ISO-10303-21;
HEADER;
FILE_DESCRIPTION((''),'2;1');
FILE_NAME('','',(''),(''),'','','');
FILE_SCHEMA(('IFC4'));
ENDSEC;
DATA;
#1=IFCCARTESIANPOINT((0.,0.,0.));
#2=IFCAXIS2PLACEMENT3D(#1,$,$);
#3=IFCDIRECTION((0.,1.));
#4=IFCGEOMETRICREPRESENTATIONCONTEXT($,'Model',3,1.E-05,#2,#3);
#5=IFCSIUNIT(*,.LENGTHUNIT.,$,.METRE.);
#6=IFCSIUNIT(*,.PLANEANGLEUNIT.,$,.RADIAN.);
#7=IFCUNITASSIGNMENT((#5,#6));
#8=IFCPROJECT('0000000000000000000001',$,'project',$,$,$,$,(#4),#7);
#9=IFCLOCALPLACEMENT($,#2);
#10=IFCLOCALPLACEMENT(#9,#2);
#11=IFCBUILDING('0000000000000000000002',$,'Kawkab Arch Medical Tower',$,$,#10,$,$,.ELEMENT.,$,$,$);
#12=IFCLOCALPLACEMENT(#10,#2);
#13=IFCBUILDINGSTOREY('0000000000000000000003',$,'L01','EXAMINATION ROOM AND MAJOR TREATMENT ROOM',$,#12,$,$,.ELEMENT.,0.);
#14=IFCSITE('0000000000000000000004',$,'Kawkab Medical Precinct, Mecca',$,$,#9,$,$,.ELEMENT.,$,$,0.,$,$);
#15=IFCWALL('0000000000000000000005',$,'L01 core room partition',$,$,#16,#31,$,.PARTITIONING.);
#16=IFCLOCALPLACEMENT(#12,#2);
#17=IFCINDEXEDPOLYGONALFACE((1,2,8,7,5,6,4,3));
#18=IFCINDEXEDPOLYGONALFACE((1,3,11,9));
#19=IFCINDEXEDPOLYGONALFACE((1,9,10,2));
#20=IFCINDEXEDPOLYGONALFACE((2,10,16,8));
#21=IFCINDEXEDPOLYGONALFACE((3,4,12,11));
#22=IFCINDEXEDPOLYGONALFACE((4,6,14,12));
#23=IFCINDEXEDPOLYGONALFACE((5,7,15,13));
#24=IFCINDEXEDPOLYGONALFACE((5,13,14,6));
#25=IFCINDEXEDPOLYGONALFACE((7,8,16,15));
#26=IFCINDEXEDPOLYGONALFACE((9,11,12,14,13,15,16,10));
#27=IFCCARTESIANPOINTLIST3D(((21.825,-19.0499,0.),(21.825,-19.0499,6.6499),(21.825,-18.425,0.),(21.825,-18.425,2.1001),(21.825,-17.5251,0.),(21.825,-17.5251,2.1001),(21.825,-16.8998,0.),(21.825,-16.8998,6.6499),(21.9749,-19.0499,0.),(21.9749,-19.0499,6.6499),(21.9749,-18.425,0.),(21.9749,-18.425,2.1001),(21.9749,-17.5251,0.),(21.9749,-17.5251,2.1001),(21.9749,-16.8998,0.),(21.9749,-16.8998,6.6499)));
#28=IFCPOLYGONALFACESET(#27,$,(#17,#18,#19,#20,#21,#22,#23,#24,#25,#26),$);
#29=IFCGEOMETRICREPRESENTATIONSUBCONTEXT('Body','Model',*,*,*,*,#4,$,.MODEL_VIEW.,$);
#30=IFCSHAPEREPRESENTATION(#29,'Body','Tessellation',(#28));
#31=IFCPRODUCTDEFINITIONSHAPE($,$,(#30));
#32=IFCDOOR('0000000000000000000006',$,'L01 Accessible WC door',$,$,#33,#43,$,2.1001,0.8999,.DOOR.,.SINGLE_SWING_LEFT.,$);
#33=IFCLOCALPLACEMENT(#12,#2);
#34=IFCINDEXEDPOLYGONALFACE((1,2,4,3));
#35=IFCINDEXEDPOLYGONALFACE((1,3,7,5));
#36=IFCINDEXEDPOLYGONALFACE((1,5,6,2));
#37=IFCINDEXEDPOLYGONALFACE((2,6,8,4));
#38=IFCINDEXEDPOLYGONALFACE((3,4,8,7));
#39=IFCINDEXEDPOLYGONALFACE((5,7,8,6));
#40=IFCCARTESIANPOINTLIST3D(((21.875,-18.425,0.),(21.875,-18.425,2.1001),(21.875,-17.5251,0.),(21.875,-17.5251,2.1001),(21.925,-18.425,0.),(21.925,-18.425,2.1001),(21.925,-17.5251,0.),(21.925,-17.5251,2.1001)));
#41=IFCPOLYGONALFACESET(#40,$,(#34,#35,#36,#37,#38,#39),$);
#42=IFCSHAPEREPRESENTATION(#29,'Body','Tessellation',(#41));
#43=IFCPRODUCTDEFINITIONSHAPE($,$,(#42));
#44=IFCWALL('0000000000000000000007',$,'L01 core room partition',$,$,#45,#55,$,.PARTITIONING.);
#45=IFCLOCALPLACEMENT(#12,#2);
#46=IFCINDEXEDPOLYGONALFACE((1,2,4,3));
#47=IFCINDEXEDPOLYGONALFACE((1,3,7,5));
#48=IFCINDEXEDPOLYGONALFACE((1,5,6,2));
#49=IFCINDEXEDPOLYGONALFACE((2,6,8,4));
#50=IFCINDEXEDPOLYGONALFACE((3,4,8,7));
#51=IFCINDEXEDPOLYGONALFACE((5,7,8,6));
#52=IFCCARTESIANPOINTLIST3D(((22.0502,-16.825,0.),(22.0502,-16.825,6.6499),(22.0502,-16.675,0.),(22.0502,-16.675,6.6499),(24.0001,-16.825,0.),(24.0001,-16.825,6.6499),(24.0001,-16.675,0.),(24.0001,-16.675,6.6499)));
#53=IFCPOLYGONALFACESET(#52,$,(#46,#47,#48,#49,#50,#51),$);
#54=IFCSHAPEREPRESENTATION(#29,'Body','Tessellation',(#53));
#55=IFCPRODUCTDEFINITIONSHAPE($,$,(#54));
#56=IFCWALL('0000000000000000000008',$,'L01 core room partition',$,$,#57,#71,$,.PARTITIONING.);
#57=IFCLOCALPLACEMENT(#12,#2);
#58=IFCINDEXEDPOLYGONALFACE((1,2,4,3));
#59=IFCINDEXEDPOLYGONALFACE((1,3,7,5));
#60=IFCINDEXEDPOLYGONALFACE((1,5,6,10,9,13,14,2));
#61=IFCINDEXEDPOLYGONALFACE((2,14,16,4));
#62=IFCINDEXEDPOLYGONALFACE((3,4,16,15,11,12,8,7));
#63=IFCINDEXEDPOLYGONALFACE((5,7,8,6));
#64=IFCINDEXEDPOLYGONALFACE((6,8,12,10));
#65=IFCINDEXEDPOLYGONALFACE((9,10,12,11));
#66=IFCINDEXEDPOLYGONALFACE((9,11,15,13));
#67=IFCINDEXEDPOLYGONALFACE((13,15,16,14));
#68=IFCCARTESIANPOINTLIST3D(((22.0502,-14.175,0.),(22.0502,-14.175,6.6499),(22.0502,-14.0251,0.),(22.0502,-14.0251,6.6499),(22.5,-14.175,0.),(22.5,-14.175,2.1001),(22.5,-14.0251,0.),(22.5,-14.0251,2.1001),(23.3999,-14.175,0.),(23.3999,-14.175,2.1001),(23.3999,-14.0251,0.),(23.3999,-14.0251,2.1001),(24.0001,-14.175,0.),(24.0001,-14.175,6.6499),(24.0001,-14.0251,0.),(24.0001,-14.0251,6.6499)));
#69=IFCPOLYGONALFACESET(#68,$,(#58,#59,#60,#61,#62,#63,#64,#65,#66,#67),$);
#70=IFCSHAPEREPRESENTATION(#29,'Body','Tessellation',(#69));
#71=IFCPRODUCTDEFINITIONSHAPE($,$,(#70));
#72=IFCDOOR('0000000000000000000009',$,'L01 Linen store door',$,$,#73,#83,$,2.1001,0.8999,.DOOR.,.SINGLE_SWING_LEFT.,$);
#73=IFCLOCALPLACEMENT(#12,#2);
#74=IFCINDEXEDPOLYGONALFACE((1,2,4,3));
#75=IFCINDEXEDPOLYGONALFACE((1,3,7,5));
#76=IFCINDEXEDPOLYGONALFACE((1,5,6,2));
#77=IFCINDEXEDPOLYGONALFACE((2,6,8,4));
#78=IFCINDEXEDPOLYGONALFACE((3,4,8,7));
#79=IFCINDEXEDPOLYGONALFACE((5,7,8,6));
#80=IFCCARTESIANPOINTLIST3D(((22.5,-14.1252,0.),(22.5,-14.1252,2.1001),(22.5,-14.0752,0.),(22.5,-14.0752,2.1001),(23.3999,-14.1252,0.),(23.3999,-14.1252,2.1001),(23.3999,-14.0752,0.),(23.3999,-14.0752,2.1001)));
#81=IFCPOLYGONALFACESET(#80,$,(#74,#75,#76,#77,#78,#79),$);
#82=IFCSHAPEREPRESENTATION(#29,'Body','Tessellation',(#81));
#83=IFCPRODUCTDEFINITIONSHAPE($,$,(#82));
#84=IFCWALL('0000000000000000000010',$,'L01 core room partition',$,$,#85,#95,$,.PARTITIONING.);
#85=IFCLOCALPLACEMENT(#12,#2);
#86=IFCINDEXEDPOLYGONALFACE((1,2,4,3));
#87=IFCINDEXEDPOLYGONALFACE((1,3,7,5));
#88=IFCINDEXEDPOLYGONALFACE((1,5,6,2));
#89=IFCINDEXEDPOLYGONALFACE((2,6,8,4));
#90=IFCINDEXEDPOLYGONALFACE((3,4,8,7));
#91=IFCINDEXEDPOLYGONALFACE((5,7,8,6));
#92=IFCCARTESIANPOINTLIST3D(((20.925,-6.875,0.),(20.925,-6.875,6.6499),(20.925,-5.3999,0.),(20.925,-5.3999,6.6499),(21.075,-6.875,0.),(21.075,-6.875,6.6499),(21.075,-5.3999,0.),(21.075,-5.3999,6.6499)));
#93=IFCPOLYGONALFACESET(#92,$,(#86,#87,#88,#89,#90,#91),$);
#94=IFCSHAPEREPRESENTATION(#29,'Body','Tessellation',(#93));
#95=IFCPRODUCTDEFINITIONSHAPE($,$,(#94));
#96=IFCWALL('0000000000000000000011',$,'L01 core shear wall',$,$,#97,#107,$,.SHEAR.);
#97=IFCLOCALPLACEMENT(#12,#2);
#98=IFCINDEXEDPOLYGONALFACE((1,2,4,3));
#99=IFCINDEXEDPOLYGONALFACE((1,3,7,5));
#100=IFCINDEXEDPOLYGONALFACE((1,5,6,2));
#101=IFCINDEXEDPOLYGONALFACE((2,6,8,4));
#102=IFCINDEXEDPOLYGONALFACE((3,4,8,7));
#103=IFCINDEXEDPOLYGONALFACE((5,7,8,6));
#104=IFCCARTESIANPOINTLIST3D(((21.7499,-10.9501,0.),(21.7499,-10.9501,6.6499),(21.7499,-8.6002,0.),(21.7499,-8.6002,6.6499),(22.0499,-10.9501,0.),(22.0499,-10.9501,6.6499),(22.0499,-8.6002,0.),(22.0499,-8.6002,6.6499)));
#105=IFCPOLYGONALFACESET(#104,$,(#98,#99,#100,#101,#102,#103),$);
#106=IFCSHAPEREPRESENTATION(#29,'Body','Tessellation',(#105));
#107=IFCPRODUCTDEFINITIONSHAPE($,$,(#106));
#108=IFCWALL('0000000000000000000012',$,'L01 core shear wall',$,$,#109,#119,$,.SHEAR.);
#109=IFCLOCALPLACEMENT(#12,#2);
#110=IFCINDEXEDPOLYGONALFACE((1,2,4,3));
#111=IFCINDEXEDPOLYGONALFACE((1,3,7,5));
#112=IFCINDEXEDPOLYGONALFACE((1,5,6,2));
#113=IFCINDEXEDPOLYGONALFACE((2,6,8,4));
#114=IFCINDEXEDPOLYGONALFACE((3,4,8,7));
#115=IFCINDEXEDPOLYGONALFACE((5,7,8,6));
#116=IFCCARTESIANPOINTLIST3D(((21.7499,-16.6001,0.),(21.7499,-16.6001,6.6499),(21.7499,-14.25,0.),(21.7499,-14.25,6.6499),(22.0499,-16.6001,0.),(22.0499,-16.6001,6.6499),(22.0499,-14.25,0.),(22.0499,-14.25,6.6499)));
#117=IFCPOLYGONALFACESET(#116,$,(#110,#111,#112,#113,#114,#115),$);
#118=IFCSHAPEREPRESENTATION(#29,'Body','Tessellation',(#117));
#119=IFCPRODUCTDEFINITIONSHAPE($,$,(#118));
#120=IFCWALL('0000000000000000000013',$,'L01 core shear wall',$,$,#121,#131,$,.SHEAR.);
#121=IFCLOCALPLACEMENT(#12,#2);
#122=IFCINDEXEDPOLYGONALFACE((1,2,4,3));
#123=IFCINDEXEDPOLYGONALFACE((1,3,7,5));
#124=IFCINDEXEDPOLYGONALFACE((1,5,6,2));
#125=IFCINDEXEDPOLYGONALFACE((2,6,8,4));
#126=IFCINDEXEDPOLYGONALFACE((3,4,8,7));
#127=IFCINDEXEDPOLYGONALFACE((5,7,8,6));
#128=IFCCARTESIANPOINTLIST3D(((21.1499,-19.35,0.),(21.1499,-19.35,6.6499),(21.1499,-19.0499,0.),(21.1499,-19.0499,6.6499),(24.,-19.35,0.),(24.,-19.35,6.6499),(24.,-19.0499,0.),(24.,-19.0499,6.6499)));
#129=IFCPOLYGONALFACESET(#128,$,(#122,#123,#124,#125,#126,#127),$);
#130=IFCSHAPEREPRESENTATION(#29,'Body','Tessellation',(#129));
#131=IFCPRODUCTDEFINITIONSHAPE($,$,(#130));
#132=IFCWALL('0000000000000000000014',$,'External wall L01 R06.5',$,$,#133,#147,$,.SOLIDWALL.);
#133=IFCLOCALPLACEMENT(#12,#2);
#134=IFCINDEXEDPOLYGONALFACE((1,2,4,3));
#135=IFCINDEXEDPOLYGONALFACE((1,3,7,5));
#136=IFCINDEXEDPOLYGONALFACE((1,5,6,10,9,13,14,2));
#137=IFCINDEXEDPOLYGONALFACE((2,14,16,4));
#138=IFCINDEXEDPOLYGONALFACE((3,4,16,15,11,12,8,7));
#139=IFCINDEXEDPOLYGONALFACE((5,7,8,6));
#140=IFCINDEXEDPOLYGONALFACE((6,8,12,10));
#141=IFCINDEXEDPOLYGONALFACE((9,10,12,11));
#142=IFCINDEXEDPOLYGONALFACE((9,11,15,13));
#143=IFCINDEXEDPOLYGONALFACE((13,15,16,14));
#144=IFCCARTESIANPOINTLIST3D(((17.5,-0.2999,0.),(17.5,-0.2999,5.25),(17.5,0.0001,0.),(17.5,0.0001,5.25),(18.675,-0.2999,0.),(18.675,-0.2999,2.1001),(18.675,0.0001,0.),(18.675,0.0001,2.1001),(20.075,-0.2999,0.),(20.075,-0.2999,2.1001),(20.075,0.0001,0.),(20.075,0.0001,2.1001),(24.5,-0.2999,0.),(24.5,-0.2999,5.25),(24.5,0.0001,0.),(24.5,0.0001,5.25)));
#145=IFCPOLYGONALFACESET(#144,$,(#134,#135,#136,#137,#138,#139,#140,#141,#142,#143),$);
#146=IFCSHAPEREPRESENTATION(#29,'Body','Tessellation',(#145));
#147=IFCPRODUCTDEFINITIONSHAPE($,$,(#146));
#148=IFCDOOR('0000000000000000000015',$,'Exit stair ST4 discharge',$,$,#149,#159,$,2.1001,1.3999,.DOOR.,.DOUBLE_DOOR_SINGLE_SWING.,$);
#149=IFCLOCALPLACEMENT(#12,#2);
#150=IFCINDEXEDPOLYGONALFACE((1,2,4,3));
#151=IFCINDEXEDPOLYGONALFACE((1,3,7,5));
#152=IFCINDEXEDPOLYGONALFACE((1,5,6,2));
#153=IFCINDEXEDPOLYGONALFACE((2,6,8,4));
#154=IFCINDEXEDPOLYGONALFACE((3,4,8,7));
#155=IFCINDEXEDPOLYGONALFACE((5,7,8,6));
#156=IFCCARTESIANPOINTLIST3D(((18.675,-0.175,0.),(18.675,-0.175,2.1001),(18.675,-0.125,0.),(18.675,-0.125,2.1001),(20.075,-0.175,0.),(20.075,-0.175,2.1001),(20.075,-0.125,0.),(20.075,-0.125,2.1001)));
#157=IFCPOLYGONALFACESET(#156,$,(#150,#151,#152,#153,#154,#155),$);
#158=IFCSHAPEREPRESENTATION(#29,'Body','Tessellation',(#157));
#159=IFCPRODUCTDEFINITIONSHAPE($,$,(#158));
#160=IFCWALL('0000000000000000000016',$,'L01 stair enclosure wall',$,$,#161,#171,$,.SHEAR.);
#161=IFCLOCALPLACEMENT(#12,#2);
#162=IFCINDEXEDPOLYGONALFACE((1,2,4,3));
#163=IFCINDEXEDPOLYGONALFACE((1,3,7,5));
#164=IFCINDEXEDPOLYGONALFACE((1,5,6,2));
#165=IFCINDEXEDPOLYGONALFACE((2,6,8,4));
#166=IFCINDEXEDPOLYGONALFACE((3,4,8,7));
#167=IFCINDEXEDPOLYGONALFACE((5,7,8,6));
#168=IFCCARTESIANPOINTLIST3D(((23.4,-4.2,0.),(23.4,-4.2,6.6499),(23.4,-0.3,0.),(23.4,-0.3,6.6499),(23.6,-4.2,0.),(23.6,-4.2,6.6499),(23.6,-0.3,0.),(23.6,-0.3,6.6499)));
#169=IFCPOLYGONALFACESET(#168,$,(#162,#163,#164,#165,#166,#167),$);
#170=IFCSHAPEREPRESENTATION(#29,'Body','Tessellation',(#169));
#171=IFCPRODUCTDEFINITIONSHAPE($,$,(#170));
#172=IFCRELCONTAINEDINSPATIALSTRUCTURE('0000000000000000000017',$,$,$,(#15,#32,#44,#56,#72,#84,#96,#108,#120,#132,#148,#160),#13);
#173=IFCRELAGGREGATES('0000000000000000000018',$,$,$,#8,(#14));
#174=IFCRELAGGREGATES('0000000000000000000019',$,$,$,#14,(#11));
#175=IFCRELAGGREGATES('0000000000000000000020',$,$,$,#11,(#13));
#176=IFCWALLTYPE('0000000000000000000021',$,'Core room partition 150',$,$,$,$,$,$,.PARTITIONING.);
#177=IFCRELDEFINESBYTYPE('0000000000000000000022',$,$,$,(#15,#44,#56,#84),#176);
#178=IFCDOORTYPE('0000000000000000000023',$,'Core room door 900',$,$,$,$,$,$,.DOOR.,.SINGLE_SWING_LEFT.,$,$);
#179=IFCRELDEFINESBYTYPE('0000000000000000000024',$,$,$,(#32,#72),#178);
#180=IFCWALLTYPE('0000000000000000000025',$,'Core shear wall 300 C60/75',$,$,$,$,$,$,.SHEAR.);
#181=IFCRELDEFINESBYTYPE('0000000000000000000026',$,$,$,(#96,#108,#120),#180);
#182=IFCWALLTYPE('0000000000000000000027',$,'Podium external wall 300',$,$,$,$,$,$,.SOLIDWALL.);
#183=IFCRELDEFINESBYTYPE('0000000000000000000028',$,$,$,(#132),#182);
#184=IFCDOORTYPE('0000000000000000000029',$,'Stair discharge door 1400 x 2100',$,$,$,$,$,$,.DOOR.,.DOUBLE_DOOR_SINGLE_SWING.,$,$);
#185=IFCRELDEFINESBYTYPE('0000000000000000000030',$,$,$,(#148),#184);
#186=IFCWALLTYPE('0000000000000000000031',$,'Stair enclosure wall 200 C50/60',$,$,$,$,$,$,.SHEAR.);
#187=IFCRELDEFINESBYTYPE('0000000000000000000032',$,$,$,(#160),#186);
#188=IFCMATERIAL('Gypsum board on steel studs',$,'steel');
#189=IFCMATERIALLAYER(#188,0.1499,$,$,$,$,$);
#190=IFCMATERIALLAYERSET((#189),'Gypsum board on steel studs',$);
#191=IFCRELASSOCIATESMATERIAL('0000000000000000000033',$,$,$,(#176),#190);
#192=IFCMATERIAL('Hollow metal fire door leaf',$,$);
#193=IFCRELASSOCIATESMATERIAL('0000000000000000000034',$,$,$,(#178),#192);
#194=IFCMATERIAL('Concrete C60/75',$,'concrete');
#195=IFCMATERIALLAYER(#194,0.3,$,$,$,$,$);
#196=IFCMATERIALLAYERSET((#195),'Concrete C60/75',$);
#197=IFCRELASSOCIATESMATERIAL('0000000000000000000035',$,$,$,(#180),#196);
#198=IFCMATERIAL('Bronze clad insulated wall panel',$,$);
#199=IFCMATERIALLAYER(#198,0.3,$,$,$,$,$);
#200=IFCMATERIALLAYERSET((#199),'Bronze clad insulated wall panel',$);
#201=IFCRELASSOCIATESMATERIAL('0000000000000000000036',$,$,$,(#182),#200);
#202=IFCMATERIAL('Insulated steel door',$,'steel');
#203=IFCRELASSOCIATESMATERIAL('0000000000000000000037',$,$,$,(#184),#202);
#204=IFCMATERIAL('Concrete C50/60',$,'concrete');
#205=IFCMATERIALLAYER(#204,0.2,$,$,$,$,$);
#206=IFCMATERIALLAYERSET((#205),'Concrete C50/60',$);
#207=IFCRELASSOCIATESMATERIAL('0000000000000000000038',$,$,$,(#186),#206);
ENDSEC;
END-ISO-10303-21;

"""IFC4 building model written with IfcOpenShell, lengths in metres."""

from ifc_helpers import new_model, si_unit, direction, frame, frame_2d, origin, place, context, subcontext, project, spatial, rectangle, extrude, material, layer, layer_set, type_object, element, fill, save


model = new_model("IFC4")

# Units and contexts
model_context = context("Model", 3, precision=1e-05, world=origin(), true_north=direction((0.0, 1.0)))
body_context = subcontext(model_context, "Body", "Model", "MODEL_VIEW")
ifc_project = project(units=[si_unit("LENGTHUNIT", "METRE"), si_unit("PLANEANGLEUNIT", "RADIAN")], contexts=[model_context])

# Site, building, storey
site_placement = place(None, origin())
site = spatial("IfcSite", under=ifc_project, at=site_placement, Name="Kawkab Medical Precinct, Mecca", CompositionType="ELEMENT", RefElevation=0.0)
building_placement = place(site_placement, origin())
building = spatial("IfcBuilding", under=site, at=building_placement, Name="Kawkab Arch Medical Tower", CompositionType="ELEMENT")
storey_placement = place(building_placement, origin())
storey = spatial("IfcBuildingStorey", under=building, at=storey_placement, Name="L01", Description="EXAMINATION ROOM AND MAJOR TREATMENT ROOM", CompositionType="ELEMENT", Elevation=0.0)

# Wall, opening, door
ifc_material_1 = material(Name="Gypsum board on steel studs", Category="steel")
ifc_layer_1 = layer(ifc_material_1, 0.1499)
ifc_layer_set_1 = layer_set([ifc_layer_1], Name="Gypsum board on steel studs")
wall_type_1 = type_object("IfcWallType", Name="Core room partition 150", PredefinedType="PARTITIONING", material=ifc_layer_set_1)
wall_1_placement = place(storey_placement, frame((21.8999, -19.05, 0.0), z_axis=(0.0, 0.0, 1.0), x_axis=(0.0, 1.0, 0.0)))
wall_1 = element("IfcWall", 1, at=wall_1_placement, inside=storey, type_object=wall_type_1, Name="L01 core room partition", PredefinedType="PARTITIONING", context=body_context, shape_type="SweptSolid", body=[
    extrude(rectangle(XDim=2.1501, YDim=0.1499, at=frame_2d((1.0752, 0.0))), origin(), (0.0, 0.0, 1.0), 6.6499),
])
opening_1_placement = place(wall_1_placement, frame((0.625, 0.0, 0.0)))
opening_1 = element("IfcOpeningElement", 2, at=opening_1_placement, cuts=wall_1, PredefinedType="OPENING", context=body_context, shape_type="SweptSolid", body=[
    extrude(rectangle(XDim=0.8999, YDim=2.1001, at=frame_2d((0.45, 1.05))), frame((0.0, 0.085, 0.0), z_axis=(0.0, -1.0, 0.0), x_axis=(1.0, 0.0, 0.0)), (0.0, 0.0, 1.0), 0.1699),
])
ifc_material_2 = material(Name="Hollow metal fire door leaf")
door_type_1 = type_object("IfcDoorType", Name="Core room door 900", OperationType="SINGLE_SWING_LEFT", PredefinedType="DOOR", material=ifc_material_2)
door_1_placement = place(opening_1_placement, origin())
door_1 = element("IfcDoor", 3, at=door_1_placement, inside=storey, type_object=door_type_1, Name="L01 Accessible WC door", OperationType="SINGLE_SWING_LEFT", OverallHeight=2.1001, OverallWidth=0.8999, PredefinedType="DOOR", context=body_context, shape_type="SweptSolid", body=[
    extrude(rectangle(XDim=0.8999, YDim=2.1001, at=frame_2d((0.45, 1.05))), frame((0.0, 0.0249, 0.0), z_axis=(0.0, -1.0, 0.0), x_axis=(1.0, 0.0, 0.0)), (0.0, 0.0, 1.0), 0.05),
])
fill(opening_1, door_1)

# Wall
wall_2_placement = place(storey_placement, frame((22.05, -16.75, 0.0), z_axis=(0.0, 0.0, 1.0), x_axis=(1.0, 0.0, 0.0)))
element("IfcWall", 4, at=wall_2_placement, inside=storey, type_object=wall_type_1, Name="L01 core room partition", PredefinedType="PARTITIONING", context=body_context, shape_type="SweptSolid", body=[
    extrude(rectangle(XDim=1.95, YDim=0.1499, at=frame_2d((0.9751, 0.0))), origin(), (0.0, 0.0, 1.0), 6.6499),
])

# Wall, opening, door
wall_3_placement = place(storey_placement, frame((22.05, -14.1001, 0.0), z_axis=(0.0, 0.0, 1.0), x_axis=(1.0, 0.0, 0.0)))
wall_3 = element("IfcWall", 5, at=wall_3_placement, inside=storey, type_object=wall_type_1, Name="L01 core room partition", PredefinedType="PARTITIONING", context=body_context, shape_type="SweptSolid", body=[
    extrude(rectangle(XDim=1.95, YDim=0.1499, at=frame_2d((0.9751, 0.0))), origin(), (0.0, 0.0, 1.0), 6.6499),
])
opening_2_placement = place(wall_3_placement, frame((0.45, 0.0, 0.0)))
opening_2 = element("IfcOpeningElement", 6, at=opening_2_placement, cuts=wall_3, PredefinedType="OPENING", context=body_context, shape_type="SweptSolid", body=[
    extrude(rectangle(XDim=0.8999, YDim=2.1001, at=frame_2d((0.45, 1.05))), frame((0.0, 0.085, 0.0), z_axis=(0.0, -1.0, 0.0), x_axis=(1.0, 0.0, 0.0)), (0.0, 0.0, 1.0), 0.1699),
])
door_2_placement = place(opening_2_placement, origin())
door_2 = element("IfcDoor", 7, at=door_2_placement, inside=storey, type_object=door_type_1, Name="L01 Linen store door", OperationType="SINGLE_SWING_LEFT", OverallHeight=2.1001, OverallWidth=0.8999, PredefinedType="DOOR", context=body_context, shape_type="SweptSolid", body=[
    extrude(rectangle(XDim=0.8999, YDim=2.1001, at=frame_2d((0.45, 1.05))), frame((0.0, 0.0249, 0.0), z_axis=(0.0, -1.0, 0.0), x_axis=(1.0, 0.0, 0.0)), (0.0, 0.0, 1.0), 0.05),
])
fill(opening_2, door_2)

# Walls
wall_4_placement = place(storey_placement, frame((21.0, -6.875, 0.0), z_axis=(0.0, 0.0, 1.0), x_axis=(0.0, 1.0, 0.0)))
element("IfcWall", 8, at=wall_4_placement, inside=storey, type_object=wall_type_1, Name="L01 core room partition", PredefinedType="PARTITIONING", context=body_context, shape_type="SweptSolid", body=[
    extrude(rectangle(XDim=1.4751, YDim=0.1499, at=frame_2d((0.7375, 0.0))), origin(), (0.0, 0.0, 1.0), 6.6499),
])
ifc_material_3 = material(Name="Concrete C60/75", Category="concrete")
ifc_layer_2 = layer(ifc_material_3, 0.3)
ifc_layer_set_2 = layer_set([ifc_layer_2], Name="Concrete C60/75")
wall_type_2 = type_object("IfcWallType", Name="Core shear wall 300 C60/75", PredefinedType="SHEAR", material=ifc_layer_set_2)
wall_5_placement = place(storey_placement, frame((21.8999, -10.95, 0.0), z_axis=(0.0, 0.0, 1.0), x_axis=(0.0, 1.0, 0.0)))
element("IfcWall", 9, at=wall_5_placement, inside=storey, type_object=wall_type_2, Name="L01 core shear wall", PredefinedType="SHEAR", context=body_context, shape_type="SweptSolid", body=[
    extrude(rectangle(XDim=2.3499, YDim=0.3, at=frame_2d((1.1748, 0.0))), origin(), (0.0, 0.0, 1.0), 6.6499),
])
wall_6_placement = place(storey_placement, frame((21.8999, -16.6001, 0.0), z_axis=(0.0, 0.0, 1.0), x_axis=(0.0, 1.0, 0.0)))
element("IfcWall", 10, at=wall_6_placement, inside=storey, type_object=wall_type_2, Name="L01 core shear wall", PredefinedType="SHEAR", context=body_context, shape_type="SweptSolid", body=[
    extrude(rectangle(XDim=2.3501, YDim=0.3, at=frame_2d((1.175, 0.0))), origin(), (0.0, 0.0, 1.0), 6.6499),
])
wall_7_placement = place(storey_placement, frame((21.1499, -19.2, 0.0), z_axis=(0.0, 0.0, 1.0), x_axis=(1.0, 0.0, 0.0)))
element("IfcWall", 11, at=wall_7_placement, inside=storey, type_object=wall_type_2, Name="L01 core shear wall", PredefinedType="SHEAR", context=body_context, shape_type="SweptSolid", body=[
    extrude(rectangle(XDim=2.8501, YDim=0.3, at=frame_2d((1.425, 0.0))), origin(), (0.0, 0.0, 1.0), 6.6499),
])

# Wall, opening, door
ifc_material_4 = material(Name="Bronze clad insulated wall panel")
ifc_layer_3 = layer(ifc_material_4, 0.3)
ifc_layer_set_3 = layer_set([ifc_layer_3], Name="Bronze clad insulated wall panel")
wall_type_3 = type_object("IfcWallType", Name="Podium external wall 300", PredefinedType="SOLIDWALL", material=ifc_layer_set_3)
wall_8_placement = place(storey_placement, frame((24.5, -0.1499, 0.0), z_axis=(0.0, 0.0, 1.0), x_axis=(-1.0, 0.0, 0.0)))
wall_8 = element("IfcWall", 12, at=wall_8_placement, inside=storey, type_object=wall_type_3, Name="External wall L01 R06.5", PredefinedType="SOLIDWALL", context=body_context, shape_type="SweptSolid", body=[
    extrude(rectangle(XDim=7.0, YDim=0.3, at=frame_2d((3.5, 0.0))), origin(), (0.0, 0.0, 1.0), 5.25),
])
opening_3_placement = place(wall_8_placement, frame((4.425, 0.0, 0.0)))
opening_3 = element("IfcOpeningElement", 13, at=opening_3_placement, cuts=wall_8, PredefinedType="OPENING", context=body_context, shape_type="SweptSolid", body=[
    extrude(rectangle(XDim=1.3999, YDim=2.1001, at=frame_2d((0.7, 1.05))), frame((0.0, 0.1599, 0.0), z_axis=(0.0, -1.0, 0.0), x_axis=(1.0, 0.0, 0.0)), (0.0, 0.0, 1.0), 0.3201),
])
ifc_material_5 = material(Name="Insulated steel door", Category="steel")
door_type_2 = type_object("IfcDoorType", Name="Stair discharge door 1400 x 2100", OperationType="DOUBLE_DOOR_SINGLE_SWING", PredefinedType="DOOR", material=ifc_material_5)
door_3_placement = place(opening_3_placement, frame((1.3999, 0.0, 0.0), z_axis=(0.0, 0.0, 1.0), x_axis=(-1.0, 0.0, 0.0)))
door_3 = element("IfcDoor", 14, at=door_3_placement, inside=storey, type_object=door_type_2, Name="Exit stair ST4 discharge", OperationType="DOUBLE_DOOR_SINGLE_SWING", OverallHeight=2.1001, OverallWidth=1.3999, PredefinedType="DOOR", context=body_context, shape_type="SweptSolid", body=[
    extrude(rectangle(XDim=1.3999, YDim=2.1001, at=frame_2d((0.7, 1.05))), frame((0.0, 0.0249, 0.0), z_axis=(0.0, -1.0, 0.0), x_axis=(1.0, 0.0, 0.0)), (0.0, 0.0, 1.0), 0.05),
])
fill(opening_3, door_3)

# Wall
ifc_material_6 = material(Name="Concrete C50/60", Category="concrete")
ifc_layer_4 = layer(ifc_material_6, 0.2)
ifc_layer_set_4 = layer_set([ifc_layer_4], Name="Concrete C50/60")
wall_type_4 = type_object("IfcWallType", Name="Stair enclosure wall 200 C50/60", PredefinedType="SHEAR", material=ifc_layer_set_4)
wall_9_placement = place(storey_placement, frame((23.5, -4.2, 0.0), z_axis=(0.0, 0.0, 1.0), x_axis=(0.0, 1.0, 0.0)))
element("IfcWall", 15, at=wall_9_placement, inside=storey, type_object=wall_type_4, Name="L01 stair enclosure wall", PredefinedType="SHEAR", context=body_context, shape_type="SweptSolid", body=[
    extrude(rectangle(XDim=3.8999, YDim=0.2, at=frame_2d((1.95, 0.0))), origin(), (0.0, 0.0, 1.0), 6.6499),
])

save(model, "model.ifc")
